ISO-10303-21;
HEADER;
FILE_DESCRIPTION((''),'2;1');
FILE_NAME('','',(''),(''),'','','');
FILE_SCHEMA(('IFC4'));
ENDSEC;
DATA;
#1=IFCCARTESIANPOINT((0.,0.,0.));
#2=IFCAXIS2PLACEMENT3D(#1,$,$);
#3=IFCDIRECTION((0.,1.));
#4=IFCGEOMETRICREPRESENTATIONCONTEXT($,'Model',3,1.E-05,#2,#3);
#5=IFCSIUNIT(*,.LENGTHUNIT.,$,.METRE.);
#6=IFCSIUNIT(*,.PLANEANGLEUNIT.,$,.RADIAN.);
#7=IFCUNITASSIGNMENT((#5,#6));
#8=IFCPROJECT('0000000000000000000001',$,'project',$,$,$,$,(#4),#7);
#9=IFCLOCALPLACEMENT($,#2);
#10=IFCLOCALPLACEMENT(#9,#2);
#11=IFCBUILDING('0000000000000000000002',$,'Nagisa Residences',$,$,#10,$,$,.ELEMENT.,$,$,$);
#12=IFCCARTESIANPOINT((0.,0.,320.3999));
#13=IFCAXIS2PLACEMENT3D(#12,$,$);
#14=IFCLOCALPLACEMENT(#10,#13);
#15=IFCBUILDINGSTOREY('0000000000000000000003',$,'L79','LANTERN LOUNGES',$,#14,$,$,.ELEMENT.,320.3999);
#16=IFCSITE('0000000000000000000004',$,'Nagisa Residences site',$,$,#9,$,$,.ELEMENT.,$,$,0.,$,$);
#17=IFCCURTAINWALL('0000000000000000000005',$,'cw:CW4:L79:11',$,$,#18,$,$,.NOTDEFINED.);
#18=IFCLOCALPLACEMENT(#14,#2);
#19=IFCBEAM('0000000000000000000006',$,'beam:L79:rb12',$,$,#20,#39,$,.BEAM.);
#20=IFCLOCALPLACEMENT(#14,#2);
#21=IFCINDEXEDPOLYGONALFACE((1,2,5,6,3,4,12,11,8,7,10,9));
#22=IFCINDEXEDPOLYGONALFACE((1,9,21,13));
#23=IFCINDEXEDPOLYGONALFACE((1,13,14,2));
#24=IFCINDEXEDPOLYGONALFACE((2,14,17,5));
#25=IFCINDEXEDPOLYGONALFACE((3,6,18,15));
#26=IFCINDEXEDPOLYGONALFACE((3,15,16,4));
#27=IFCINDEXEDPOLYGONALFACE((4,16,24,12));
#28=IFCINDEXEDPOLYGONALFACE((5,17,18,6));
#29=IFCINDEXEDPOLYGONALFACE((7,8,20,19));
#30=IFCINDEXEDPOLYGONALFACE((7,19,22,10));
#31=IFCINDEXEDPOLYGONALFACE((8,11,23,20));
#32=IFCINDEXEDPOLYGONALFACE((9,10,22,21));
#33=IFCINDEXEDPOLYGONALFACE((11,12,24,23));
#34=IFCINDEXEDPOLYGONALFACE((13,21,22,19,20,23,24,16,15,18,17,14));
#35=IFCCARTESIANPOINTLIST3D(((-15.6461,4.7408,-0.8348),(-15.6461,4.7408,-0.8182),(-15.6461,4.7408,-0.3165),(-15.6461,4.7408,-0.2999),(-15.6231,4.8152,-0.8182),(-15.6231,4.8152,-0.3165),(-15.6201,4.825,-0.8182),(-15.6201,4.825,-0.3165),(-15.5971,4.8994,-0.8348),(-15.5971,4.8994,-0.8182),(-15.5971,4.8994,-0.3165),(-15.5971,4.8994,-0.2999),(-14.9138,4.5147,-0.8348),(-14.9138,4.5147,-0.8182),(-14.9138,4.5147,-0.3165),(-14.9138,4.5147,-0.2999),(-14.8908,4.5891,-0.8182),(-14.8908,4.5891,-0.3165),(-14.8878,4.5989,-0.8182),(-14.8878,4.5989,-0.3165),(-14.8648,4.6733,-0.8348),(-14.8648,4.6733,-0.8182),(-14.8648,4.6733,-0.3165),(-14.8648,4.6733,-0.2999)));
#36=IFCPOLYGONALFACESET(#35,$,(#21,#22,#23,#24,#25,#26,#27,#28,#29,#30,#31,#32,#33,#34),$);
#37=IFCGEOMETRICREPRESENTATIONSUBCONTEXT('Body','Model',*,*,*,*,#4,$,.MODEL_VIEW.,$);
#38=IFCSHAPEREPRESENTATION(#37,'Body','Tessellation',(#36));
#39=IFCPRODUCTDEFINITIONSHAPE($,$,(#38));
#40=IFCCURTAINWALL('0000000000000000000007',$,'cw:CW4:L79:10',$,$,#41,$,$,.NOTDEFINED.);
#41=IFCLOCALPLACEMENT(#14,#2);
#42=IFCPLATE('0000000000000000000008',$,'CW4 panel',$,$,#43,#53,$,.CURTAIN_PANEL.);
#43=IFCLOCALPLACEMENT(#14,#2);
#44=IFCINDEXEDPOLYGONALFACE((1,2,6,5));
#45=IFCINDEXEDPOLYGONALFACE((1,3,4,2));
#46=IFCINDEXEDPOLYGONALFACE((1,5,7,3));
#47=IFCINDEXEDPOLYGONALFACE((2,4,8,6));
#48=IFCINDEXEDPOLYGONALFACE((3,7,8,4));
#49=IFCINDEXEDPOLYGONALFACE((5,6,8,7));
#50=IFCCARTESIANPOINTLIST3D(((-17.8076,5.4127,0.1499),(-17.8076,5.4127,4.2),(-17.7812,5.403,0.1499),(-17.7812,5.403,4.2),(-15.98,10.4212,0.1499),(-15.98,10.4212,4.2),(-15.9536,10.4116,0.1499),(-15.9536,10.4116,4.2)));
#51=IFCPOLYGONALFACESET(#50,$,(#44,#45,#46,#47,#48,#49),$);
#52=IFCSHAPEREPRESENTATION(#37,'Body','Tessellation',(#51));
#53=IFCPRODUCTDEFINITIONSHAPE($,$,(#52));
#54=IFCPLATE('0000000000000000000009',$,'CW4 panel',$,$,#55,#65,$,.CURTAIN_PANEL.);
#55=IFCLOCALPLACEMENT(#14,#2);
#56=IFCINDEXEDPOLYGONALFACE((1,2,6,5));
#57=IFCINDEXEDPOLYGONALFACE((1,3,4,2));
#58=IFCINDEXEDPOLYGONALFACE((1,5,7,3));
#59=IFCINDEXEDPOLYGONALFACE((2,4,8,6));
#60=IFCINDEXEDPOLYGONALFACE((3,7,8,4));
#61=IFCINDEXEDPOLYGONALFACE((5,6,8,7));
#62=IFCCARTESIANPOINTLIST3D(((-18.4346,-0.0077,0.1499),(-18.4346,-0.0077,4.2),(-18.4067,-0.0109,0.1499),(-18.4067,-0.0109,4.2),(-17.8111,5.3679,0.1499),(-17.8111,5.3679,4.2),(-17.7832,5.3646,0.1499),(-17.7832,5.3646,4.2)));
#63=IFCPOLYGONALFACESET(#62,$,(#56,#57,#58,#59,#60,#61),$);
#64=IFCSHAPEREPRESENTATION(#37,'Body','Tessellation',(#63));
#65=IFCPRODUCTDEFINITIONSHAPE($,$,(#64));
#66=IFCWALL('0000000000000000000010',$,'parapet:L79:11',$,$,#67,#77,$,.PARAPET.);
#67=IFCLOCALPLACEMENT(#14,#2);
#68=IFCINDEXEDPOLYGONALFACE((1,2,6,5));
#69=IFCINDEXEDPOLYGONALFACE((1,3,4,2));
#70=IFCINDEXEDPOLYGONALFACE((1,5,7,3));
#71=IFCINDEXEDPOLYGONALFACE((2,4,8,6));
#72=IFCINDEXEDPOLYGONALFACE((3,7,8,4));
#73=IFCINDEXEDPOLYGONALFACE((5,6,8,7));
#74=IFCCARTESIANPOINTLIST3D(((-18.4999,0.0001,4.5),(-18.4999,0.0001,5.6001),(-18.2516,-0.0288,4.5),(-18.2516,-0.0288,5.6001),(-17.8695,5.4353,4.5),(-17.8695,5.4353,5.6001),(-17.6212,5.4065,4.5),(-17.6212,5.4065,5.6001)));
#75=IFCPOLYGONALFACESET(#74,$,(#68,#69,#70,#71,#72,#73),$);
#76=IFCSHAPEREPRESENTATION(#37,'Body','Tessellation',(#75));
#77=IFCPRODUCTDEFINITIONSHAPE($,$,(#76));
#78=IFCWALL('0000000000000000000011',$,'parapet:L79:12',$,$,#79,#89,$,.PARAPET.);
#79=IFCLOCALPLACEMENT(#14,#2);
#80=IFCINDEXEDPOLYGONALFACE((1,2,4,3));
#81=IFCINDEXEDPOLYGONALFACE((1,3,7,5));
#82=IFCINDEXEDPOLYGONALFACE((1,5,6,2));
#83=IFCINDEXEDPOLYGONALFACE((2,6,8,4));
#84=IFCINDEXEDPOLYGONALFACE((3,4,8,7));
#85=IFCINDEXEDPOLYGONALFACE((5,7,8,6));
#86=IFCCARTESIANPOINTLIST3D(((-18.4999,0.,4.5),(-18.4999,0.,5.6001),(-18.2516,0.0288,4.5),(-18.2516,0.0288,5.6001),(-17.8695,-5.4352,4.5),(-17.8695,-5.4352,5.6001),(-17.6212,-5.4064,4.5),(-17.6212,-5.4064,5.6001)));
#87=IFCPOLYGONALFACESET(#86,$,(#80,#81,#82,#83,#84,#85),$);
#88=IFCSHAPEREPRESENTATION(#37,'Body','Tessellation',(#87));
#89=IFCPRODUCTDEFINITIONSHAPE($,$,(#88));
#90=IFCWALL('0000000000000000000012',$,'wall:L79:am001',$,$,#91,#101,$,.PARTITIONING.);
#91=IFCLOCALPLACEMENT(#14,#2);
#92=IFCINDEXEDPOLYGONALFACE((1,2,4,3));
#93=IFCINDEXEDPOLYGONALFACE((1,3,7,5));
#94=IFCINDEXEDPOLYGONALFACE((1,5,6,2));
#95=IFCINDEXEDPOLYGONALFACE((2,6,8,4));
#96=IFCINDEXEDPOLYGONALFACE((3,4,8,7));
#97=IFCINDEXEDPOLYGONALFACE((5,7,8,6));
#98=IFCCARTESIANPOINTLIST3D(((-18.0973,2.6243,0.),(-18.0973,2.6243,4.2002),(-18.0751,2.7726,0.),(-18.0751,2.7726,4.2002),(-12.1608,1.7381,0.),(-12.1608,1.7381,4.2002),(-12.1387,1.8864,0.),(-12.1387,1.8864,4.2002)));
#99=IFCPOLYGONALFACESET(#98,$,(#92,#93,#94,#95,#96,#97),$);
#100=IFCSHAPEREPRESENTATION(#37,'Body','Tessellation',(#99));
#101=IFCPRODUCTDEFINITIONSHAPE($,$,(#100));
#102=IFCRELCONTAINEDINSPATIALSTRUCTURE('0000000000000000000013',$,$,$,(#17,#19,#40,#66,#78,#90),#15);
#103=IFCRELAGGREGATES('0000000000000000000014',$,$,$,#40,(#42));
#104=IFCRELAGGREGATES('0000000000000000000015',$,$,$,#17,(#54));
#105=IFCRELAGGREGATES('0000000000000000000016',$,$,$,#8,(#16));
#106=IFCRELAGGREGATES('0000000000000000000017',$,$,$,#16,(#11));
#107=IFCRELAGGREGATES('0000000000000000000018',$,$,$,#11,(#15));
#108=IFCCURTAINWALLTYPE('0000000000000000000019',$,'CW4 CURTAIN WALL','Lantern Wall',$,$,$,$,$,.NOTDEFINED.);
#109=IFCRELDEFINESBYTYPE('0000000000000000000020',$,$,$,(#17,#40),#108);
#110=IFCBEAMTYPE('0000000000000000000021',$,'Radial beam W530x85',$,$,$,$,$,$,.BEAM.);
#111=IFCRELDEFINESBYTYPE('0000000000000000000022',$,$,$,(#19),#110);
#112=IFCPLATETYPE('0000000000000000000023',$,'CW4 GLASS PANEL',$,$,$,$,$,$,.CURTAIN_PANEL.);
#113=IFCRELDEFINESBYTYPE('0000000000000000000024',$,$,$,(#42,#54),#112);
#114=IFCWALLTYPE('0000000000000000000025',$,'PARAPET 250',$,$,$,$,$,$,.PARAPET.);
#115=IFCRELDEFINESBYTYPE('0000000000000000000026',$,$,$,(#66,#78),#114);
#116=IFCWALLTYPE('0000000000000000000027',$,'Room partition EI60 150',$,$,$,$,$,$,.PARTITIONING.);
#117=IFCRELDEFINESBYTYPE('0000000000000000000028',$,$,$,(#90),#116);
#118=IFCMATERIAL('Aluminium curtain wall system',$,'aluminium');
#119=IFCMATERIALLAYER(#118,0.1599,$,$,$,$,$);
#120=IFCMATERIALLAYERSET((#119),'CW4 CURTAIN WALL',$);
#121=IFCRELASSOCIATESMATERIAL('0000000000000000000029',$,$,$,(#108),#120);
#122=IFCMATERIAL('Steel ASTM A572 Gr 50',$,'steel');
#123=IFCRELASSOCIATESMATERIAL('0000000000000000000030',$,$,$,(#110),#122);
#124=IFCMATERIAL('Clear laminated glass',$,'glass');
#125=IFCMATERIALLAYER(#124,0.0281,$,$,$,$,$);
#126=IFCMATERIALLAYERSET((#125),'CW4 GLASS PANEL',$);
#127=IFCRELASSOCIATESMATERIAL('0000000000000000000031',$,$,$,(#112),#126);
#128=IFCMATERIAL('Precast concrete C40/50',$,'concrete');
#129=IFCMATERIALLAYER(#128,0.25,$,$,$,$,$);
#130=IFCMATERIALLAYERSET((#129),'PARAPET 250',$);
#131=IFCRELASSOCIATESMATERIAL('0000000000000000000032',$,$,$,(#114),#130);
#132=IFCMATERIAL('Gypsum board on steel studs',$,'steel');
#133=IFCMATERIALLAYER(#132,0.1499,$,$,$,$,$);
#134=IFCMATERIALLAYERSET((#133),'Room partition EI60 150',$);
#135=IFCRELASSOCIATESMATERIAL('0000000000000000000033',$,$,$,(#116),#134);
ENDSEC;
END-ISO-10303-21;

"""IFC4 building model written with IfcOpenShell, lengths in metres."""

from ifc_helpers import new_model, si_unit, direction, frame, frame_2d, origin, origin_2d, place, context, subcontext, project, spatial, rectangle, i_section, extrude, material, layer, layer_set, material_profile, profile_set, type_object, element, aggregate, save


model = new_model("IFC4")

# Units and contexts
model_context = context("Model", 3, precision=1e-05, world=origin(), true_north=direction((0.0, 1.0)))
body_context = subcontext(model_context, "Body", "Model", "MODEL_VIEW")
ifc_project = project(units=[si_unit("LENGTHUNIT", "METRE"), si_unit("PLANEANGLEUNIT", "RADIAN")], contexts=[model_context])

# Site, building, storey
site_placement = place(None, origin())
site = spatial("IfcSite", under=ifc_project, at=site_placement, Name="Nagisa Residences site", CompositionType="ELEMENT", RefElevation=0.0)
building_placement = place(site_placement, origin())
building = spatial("IfcBuilding", under=site, at=building_placement, Name="Nagisa Residences", CompositionType="ELEMENT")
storey_placement = place(building_placement, frame((0.0, 0.0, 320.3999)))
storey = spatial("IfcBuildingStorey", under=building, at=storey_placement, Name="L79", Description="LANTERN LOUNGES", CompositionType="ELEMENT", Elevation=320.3999)

# Curtain wall
ifc_material_1 = material(Name="Aluminium curtain wall system", Category="aluminium")
ifc_layer_1 = layer(ifc_material_1, 0.1599)
ifc_layer_set_1 = layer_set([ifc_layer_1], Name="CW4 CURTAIN WALL")
curtain_wall_type = type_object("IfcCurtainWallType", Name="CW4 CURTAIN WALL", Description="Lantern Wall", PredefinedType="NOTDEFINED", material=ifc_layer_set_1)
curtain_wall_1_placement = place(storey_placement, origin())
curtain_wall_1 = element("IfcCurtainWall", 1, at=curtain_wall_1_placement, inside=storey, type_object=curtain_wall_type, Name="cw:CW4:L79:11", PredefinedType="NOTDEFINED")

# Beam
ifc_material_2 = material(Name="Steel ASTM A572 Gr 50", Category="steel")
ifc_material_profile_1 = material_profile(ifc_material_2, i_section(OverallWidth=0.166, OverallDepth=0.5349, WebThickness=0.0103, FlangeThickness=0.0166, at=origin_2d()), Name="W530x85")
ifc_profile_set_1 = profile_set([ifc_material_profile_1], Name="Steel ASTM A572 Gr 50")
beam_type_1 = type_object("IfcBeamType", Name="Radial beam W530x85", PredefinedType="BEAM", material=ifc_profile_set_1)
beam_1_placement = place(storey_placement, frame((-15.6216, 4.8201, -0.5674), z_axis=(0.955489, -0.295026, 0.0), x_axis=(0.295026, 0.955489, 0.0)))
element("IfcBeam", 2, at=beam_1_placement, inside=storey, type_object=beam_type_1, Name="beam:L79:rb12", PredefinedType="BEAM", context=body_context, shape_type="SweptSolid", body=[
    extrude(i_section(OverallWidth=0.166, OverallDepth=0.5349, WebThickness=0.0103, FlangeThickness=0.0166, at=origin_2d()), origin(), (0.0, 0.0, 1.0), 0.7664),
])

# Curtain wall, plate
curtain_wall_2_placement = place(storey_placement, origin())
curtain_wall_2 = element("IfcCurtainWall", 3, at=curtain_wall_2_placement, inside=storey, type_object=curtain_wall_type, Name="cw:CW4:L79:10", PredefinedType="NOTDEFINED")
ifc_material_3 = material(Name="Clear laminated glass", Category="glass")
ifc_layer_2 = layer(ifc_material_3, 0.0281)
ifc_layer_set_2 = layer_set([ifc_layer_2], Name="CW4 GLASS PANEL")
plate_type = type_object("IfcPlateType", Name="CW4 GLASS PANEL", PredefinedType="CURTAIN_PANEL", material=ifc_layer_set_2)
plate_1_placement = place(storey_placement, frame((-16.8806, 7.9121, 0.1499), z_axis=(0.0, 0.0, 1.0), x_axis=(-0.342793, -0.939411, 0.0)))
plate_1 = element("IfcPlate", 4, at=plate_1_placement, type_object=plate_type, Name="CW4 panel", PredefinedType="CURTAIN_PANEL", context=body_context, shape_type="SweptSolid", body=[
    extrude(rectangle(XDim=5.3315, YDim=0.0281, at=origin_2d()), origin(), (0.0, 0.0, 1.0), 4.05),
])
aggregate(curtain_wall_2, [plate_1])

# Plate
plate_2_placement = place(storey_placement, frame((-18.1089, 2.6785, 0.1499), z_axis=(0.0, 0.0, 1.0), x_axis=(-0.115207, -0.993341, 0.0)))
plate_2 = element("IfcPlate", 5, at=plate_2_placement, type_object=plate_type, Name="CW4 panel", PredefinedType="CURTAIN_PANEL", context=body_context, shape_type="SweptSolid", body=[
    extrude(rectangle(XDim=5.4116, YDim=0.0281, at=origin_2d()), origin(), (0.0, 0.0, 1.0), 4.05),
])
aggregate(curtain_wall_1, [plate_2])

# Walls
ifc_material_4 = material(Name="Precast concrete C40/50", Category="concrete")
ifc_layer_3 = layer(ifc_material_4, 0.25)
ifc_layer_set_3 = layer_set([ifc_layer_3], Name="PARAPET 250")
wall_type_1 = type_object("IfcWallType", Name="PARAPET 250", PredefinedType="PARAPET", material=ifc_layer_set_3)
for number, where, z_axis, x_axis, name in (
    (6, (-17.7454, 5.4209, 4.5), (0.0, 0.0, 1.0), (-0.115205, -0.993342, 0.0), "parapet:L79:11"),
    (7, (-18.3757, 0.0144, 4.5), (0.0, 0.0, 1.0), (0.115205, -0.993342, 0.0), "parapet:L79:12"),
):
    element("IfcWall", number, at=place(storey_placement, frame(where, z_axis=z_axis, x_axis=x_axis)), inside=storey, type_object=wall_type_1, Name=name, PredefinedType="PARAPET", context=body_context, shape_type="SweptSolid", body=[
        extrude(rectangle(XDim=5.4717, YDim=0.25, at=frame_2d((2.7358, 0.0))), origin(), (0.0, 0.0, 1.0), 1.1001),
    ])
ifc_material_5 = material(Name="Gypsum board on steel studs", Category="steel")
ifc_layer_4 = layer(ifc_material_5, 0.1499)
ifc_layer_set_4 = layer_set([ifc_layer_4], Name="Room partition EI60 150")
wall_type_2 = type_object("IfcWallType", Name="Room partition EI60 150", PredefinedType="PARTITIONING", material=ifc_layer_set_4)
wall_placement = place(storey_placement, frame((-12.1499, 1.8123, 0.0), z_axis=(0.0, 0.0, 1.0), x_axis=(-0.98904, 0.147648, 0.0)))
element("IfcWall", 8, at=wall_placement, inside=storey, type_object=wall_type_2, Name="wall:L79:am001", PredefinedType="PARTITIONING", context=body_context, shape_type="SweptSolid", body=[
    extrude(rectangle(XDim=6.0022, YDim=0.1499, at=frame_2d((3.001, 0.0))), origin(), (0.0, 0.0, 1.0), 4.2002),
])

save(model, "model.ifc")
